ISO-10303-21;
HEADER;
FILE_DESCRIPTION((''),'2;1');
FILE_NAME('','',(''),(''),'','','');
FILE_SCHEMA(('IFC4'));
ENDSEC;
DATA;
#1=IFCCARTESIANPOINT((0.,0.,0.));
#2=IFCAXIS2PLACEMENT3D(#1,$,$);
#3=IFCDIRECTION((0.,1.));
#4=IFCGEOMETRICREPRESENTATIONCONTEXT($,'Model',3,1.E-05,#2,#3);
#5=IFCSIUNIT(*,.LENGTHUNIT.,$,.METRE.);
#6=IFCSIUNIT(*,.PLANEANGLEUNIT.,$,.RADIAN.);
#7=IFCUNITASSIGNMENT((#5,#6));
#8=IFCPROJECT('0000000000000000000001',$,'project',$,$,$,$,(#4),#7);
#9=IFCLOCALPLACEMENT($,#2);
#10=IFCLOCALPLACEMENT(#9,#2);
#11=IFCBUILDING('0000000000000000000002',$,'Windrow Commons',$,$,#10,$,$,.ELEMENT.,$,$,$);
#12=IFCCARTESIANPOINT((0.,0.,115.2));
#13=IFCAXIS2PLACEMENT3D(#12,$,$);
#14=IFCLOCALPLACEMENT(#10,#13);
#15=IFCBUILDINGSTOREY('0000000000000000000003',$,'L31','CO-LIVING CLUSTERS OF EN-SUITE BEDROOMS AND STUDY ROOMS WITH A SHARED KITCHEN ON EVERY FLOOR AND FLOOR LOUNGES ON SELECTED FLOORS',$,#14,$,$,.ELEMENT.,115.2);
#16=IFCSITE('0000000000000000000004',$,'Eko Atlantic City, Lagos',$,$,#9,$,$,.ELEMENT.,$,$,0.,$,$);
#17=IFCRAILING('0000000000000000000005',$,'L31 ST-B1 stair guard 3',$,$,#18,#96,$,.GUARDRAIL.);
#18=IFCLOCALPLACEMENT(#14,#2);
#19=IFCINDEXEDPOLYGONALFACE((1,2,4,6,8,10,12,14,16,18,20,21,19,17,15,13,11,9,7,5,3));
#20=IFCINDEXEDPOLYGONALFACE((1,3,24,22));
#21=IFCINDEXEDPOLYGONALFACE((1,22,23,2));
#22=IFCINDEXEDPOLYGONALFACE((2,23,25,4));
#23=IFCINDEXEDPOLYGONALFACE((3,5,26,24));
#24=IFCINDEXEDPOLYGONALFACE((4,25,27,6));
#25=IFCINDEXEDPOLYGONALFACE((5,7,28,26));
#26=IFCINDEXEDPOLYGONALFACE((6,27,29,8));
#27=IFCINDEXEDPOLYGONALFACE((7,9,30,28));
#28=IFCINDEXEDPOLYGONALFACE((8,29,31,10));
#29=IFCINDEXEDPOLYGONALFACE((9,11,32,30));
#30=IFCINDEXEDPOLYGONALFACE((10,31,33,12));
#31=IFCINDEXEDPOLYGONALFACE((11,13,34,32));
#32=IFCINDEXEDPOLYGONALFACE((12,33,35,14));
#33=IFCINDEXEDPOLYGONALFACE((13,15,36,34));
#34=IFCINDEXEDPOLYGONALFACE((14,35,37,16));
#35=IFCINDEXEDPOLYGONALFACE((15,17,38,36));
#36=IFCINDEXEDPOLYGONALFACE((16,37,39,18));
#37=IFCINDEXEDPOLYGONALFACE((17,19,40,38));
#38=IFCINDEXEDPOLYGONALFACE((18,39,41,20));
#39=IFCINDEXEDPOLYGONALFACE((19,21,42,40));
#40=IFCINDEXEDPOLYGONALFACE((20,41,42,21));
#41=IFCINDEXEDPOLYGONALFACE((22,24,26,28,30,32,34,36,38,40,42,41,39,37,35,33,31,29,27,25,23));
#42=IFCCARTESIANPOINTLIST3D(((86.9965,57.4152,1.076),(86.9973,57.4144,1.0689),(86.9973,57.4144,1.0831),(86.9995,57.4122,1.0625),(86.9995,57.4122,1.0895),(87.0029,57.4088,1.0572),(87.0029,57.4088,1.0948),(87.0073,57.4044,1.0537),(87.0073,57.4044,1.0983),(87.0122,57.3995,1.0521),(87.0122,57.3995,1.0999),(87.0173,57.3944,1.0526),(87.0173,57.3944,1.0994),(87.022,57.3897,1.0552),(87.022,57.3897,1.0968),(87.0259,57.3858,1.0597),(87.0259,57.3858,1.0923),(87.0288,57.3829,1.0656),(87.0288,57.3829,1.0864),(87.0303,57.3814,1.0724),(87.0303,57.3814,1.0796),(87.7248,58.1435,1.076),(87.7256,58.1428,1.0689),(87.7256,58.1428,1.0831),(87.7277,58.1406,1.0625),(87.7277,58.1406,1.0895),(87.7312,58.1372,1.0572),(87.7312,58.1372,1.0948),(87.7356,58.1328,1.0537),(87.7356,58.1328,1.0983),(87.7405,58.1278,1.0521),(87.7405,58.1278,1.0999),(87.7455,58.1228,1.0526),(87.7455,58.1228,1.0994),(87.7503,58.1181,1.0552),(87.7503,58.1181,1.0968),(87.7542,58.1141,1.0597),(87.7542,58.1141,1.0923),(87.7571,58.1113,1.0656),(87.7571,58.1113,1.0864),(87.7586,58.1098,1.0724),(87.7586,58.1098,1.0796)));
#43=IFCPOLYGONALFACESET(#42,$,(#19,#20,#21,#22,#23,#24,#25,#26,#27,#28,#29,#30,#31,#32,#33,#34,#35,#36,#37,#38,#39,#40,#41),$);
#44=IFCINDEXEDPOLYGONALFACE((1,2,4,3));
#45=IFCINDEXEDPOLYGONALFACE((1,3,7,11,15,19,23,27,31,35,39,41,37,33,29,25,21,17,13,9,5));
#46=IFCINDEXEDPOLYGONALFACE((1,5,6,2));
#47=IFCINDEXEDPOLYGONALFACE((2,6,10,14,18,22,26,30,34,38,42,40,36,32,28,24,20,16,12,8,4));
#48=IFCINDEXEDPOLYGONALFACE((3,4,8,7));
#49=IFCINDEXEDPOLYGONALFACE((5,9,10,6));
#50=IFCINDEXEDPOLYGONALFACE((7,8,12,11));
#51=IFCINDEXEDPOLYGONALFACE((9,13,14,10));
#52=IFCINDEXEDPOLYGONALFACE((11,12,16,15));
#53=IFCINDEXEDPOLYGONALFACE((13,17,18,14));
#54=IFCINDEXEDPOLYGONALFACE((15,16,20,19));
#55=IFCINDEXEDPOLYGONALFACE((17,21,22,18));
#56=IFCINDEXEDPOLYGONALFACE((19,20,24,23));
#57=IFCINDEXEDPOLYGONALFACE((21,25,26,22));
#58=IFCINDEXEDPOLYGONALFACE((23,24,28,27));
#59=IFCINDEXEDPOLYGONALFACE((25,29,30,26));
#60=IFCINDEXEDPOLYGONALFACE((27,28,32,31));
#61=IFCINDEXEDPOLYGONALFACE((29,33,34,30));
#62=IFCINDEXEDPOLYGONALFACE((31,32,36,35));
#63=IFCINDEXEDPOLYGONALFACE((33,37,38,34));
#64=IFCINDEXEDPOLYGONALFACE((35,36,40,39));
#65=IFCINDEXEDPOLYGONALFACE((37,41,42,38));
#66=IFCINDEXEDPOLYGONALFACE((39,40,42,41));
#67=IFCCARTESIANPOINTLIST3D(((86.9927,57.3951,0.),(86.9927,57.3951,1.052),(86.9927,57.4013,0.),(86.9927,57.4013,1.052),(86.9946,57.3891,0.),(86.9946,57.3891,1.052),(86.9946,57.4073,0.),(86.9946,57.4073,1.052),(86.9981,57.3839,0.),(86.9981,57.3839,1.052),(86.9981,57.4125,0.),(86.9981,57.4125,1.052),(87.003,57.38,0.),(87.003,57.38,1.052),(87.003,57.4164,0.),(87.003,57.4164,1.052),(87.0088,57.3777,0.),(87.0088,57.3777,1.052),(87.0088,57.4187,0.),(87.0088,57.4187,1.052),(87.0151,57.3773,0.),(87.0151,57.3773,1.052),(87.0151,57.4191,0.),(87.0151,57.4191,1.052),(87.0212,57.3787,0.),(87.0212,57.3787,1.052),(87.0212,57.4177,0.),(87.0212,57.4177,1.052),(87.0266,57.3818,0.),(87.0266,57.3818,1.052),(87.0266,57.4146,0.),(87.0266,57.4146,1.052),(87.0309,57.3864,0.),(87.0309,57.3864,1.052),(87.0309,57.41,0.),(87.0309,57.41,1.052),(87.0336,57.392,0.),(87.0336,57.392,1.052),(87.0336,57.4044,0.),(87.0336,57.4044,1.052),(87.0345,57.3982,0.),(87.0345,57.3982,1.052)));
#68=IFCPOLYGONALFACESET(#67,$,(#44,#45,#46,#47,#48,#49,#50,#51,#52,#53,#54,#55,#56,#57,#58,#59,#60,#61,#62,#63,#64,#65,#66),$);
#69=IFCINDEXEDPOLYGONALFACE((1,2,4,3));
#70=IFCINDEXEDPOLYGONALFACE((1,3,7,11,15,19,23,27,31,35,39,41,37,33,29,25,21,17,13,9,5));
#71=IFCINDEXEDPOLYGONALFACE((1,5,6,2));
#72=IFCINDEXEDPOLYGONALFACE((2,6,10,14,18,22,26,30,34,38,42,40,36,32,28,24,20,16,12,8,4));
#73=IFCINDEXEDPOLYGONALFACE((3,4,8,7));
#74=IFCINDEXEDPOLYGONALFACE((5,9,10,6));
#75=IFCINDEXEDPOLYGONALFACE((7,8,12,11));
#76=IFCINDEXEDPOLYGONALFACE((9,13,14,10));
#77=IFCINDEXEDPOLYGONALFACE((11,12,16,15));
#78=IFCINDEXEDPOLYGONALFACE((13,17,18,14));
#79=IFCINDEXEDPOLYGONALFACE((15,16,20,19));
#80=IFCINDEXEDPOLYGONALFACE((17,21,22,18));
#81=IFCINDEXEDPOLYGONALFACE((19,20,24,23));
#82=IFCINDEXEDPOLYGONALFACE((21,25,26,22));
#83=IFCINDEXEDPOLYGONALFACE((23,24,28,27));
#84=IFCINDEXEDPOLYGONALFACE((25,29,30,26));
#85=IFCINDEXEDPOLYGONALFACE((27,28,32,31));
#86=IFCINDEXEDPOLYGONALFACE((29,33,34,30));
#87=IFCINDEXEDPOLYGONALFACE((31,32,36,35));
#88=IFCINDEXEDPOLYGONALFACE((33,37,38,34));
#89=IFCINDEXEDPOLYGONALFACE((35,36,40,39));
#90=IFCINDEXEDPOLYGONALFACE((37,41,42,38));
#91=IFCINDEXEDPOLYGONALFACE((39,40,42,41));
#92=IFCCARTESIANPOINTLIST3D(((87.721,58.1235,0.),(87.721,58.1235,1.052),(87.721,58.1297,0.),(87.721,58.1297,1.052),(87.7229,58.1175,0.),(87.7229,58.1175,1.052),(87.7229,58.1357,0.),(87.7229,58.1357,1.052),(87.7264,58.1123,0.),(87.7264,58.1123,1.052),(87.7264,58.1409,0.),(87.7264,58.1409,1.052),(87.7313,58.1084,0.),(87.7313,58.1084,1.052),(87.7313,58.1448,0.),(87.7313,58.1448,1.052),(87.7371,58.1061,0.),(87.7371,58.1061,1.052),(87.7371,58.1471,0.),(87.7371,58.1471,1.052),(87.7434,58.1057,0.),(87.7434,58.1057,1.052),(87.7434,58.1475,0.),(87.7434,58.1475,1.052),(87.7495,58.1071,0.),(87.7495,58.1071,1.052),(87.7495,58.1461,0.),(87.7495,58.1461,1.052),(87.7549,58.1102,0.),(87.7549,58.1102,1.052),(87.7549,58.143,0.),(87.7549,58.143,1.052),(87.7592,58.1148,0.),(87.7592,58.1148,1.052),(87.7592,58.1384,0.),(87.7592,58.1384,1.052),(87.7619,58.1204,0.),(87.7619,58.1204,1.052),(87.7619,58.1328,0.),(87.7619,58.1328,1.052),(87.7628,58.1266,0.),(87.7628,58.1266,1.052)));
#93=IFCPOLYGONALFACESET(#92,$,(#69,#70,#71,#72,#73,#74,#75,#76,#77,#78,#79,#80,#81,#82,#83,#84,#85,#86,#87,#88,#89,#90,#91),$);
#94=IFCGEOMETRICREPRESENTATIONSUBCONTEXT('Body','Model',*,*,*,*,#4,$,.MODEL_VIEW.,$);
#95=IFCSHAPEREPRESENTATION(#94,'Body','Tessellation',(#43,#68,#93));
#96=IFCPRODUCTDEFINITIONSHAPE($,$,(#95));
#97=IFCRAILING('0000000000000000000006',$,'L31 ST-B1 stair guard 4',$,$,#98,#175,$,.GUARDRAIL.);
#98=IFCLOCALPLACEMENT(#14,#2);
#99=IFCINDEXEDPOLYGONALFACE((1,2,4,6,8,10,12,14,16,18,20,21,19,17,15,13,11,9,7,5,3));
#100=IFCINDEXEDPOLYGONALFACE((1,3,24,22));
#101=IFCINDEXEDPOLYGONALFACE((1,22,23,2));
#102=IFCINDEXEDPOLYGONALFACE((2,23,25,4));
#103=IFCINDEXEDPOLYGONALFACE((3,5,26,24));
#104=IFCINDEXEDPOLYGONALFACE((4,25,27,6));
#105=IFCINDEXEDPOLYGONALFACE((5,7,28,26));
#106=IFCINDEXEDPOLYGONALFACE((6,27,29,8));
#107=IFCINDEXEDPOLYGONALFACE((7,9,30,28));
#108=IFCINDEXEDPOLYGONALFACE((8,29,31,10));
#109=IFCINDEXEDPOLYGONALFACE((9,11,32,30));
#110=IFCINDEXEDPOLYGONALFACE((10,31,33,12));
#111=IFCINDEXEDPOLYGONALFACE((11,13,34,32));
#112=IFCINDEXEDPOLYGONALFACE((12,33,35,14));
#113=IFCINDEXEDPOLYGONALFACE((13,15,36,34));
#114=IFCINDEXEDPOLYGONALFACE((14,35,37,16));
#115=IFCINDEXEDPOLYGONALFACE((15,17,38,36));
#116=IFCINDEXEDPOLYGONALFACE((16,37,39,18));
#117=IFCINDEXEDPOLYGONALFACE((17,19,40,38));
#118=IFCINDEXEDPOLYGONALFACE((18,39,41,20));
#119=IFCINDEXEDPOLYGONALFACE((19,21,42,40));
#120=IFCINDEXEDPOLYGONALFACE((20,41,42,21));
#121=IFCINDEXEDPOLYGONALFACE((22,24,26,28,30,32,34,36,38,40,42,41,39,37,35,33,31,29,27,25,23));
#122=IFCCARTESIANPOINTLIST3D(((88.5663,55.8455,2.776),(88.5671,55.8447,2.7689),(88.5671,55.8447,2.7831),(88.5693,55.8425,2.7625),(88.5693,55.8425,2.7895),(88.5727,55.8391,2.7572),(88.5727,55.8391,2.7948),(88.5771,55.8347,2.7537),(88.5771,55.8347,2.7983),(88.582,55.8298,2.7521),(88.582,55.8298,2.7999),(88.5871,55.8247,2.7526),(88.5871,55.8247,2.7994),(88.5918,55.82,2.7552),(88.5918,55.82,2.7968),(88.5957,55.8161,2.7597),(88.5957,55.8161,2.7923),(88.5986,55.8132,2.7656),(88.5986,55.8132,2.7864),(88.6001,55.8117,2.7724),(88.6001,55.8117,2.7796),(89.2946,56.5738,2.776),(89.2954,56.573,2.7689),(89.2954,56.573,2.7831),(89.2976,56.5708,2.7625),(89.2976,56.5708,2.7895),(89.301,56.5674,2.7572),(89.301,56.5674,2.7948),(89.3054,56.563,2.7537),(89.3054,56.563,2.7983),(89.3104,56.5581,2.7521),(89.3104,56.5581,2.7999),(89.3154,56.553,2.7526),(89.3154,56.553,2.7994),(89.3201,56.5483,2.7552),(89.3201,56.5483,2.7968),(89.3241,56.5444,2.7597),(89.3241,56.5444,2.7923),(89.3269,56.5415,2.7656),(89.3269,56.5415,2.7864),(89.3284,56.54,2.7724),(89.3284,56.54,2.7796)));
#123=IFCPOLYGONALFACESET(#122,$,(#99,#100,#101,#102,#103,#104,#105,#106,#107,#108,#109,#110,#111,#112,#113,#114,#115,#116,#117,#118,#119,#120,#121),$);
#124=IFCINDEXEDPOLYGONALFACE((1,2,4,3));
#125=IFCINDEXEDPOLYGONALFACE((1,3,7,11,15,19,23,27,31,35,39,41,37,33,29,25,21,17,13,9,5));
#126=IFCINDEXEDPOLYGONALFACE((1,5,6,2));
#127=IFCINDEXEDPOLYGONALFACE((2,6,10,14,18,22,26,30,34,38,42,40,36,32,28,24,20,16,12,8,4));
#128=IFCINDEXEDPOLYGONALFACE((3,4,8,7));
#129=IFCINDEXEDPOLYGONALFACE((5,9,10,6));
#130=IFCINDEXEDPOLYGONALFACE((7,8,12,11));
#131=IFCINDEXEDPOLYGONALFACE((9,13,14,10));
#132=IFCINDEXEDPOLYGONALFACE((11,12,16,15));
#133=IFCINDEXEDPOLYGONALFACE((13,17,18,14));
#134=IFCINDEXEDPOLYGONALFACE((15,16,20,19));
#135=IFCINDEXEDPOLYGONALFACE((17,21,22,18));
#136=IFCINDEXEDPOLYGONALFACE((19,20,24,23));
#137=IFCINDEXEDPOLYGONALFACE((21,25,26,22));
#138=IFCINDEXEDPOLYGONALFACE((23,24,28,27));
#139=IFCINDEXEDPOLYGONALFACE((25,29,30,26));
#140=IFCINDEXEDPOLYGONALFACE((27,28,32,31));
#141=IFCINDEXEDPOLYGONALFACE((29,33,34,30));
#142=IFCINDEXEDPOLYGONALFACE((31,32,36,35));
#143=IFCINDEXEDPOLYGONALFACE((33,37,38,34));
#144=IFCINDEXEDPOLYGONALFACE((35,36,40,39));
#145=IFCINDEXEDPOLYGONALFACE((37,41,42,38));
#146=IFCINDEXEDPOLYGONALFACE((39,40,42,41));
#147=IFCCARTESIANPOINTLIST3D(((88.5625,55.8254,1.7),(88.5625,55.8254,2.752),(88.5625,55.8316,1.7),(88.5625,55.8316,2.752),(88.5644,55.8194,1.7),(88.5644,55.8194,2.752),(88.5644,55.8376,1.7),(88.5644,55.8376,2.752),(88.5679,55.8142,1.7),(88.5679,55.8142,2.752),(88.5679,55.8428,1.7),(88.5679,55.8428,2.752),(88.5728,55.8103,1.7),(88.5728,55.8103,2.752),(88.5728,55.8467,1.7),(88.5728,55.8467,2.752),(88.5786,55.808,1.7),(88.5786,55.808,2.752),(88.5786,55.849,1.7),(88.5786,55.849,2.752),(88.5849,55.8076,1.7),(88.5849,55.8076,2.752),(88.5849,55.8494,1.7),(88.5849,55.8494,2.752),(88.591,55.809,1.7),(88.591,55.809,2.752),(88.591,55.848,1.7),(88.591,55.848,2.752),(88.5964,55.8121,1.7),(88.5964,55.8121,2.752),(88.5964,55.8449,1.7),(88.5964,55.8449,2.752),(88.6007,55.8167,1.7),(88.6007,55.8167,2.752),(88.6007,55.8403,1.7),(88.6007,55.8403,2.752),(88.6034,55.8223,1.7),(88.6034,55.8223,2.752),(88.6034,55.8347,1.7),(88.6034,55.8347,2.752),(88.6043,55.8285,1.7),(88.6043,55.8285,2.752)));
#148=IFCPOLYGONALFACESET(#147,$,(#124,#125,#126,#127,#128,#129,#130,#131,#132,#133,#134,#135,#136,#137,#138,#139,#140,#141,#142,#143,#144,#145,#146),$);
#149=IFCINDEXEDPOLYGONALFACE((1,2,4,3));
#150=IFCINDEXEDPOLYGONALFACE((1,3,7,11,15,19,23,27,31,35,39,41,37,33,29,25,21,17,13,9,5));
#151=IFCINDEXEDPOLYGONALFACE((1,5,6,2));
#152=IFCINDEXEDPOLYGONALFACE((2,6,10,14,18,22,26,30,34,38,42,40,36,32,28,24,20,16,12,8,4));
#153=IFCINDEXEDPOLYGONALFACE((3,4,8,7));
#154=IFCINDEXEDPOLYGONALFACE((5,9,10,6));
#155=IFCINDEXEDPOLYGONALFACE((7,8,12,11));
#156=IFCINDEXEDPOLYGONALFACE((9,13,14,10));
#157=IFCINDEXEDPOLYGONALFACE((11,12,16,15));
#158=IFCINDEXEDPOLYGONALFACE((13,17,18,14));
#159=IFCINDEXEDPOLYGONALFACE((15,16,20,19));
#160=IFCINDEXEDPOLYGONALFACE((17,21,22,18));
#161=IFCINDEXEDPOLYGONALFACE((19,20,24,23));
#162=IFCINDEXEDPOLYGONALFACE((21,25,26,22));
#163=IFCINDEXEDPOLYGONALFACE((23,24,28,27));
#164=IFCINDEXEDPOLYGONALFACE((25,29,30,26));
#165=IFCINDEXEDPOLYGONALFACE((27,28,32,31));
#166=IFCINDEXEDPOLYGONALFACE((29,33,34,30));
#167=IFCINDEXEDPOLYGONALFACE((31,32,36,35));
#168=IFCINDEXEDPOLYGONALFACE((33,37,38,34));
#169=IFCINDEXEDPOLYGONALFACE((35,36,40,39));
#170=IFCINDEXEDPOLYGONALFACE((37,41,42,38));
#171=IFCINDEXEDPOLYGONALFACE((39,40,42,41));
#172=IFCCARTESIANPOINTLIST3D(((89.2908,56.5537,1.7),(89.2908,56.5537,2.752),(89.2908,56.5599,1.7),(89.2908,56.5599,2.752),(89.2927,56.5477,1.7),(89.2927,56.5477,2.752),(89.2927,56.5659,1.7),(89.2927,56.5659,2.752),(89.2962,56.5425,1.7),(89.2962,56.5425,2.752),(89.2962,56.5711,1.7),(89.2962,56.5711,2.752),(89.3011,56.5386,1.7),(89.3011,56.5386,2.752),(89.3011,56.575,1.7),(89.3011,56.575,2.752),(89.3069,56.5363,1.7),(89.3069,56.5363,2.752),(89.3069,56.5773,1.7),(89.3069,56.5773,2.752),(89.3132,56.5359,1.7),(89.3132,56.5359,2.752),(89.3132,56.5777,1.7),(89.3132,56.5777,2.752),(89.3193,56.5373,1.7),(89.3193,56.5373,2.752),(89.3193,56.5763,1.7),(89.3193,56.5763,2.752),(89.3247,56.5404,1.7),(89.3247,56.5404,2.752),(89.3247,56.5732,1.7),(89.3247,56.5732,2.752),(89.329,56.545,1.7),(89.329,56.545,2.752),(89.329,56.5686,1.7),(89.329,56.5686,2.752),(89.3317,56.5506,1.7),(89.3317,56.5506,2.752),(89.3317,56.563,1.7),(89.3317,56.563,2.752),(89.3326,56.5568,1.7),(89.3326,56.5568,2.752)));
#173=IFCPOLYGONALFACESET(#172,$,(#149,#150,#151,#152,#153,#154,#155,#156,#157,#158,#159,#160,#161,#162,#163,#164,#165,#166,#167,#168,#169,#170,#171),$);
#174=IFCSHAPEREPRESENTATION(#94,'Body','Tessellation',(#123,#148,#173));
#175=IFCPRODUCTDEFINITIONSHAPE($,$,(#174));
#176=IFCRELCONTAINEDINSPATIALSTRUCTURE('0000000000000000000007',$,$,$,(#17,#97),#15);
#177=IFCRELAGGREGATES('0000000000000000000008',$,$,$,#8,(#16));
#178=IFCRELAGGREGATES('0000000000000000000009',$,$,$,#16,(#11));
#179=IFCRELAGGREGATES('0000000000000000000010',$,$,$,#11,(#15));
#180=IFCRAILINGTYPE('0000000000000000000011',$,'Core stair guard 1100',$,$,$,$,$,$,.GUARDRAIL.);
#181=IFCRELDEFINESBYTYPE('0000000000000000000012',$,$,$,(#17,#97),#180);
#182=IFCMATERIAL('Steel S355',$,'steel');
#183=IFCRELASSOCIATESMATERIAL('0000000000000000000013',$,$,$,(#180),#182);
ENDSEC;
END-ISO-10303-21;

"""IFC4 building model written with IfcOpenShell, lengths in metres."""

from ifc_helpers import new_model, si_unit, direction, frame, origin, origin_2d, place, context, subcontext, project, spatial, circle, extrude, material, type_object, element, save


model = new_model("IFC4")

# Units and contexts
model_context = context("Model", 3, precision=1e-05, world=origin(), true_north=direction((0.0, 1.0)))
body_context = subcontext(model_context, "Body", "Model", "MODEL_VIEW")
ifc_project = project(units=[si_unit("LENGTHUNIT", "METRE"), si_unit("PLANEANGLEUNIT", "RADIAN")], contexts=[model_context])

# Site, building, storey
site_placement = place(None, origin())
site = spatial("IfcSite", under=ifc_project, at=site_placement, Name="Eko Atlantic City, Lagos", CompositionType="ELEMENT", RefElevation=0.0)
building_placement = place(site_placement, origin())
building = spatial("IfcBuilding", under=site, at=building_placement, Name="Windrow Commons", CompositionType="ELEMENT")
storey_placement = place(building_placement, frame((0.0, 0.0, 115.2)))
storey = spatial("IfcBuildingStorey", under=building, at=storey_placement, Name="L31", Description="CO-LIVING CLUSTERS OF EN-SUITE BEDROOMS AND STUDY ROOMS WITH A SHARED KITCHEN ON EVERY FLOOR AND FLOOR LOUNGES ON SELECTED FLOORS", CompositionType="ELEMENT", Elevation=115.2)

# Railings
ifc_material_1 = material(Name="Steel S355", Category="steel")
railing_type_1 = type_object("IfcRailingType", Name="Core stair guard 1100", PredefinedType="GUARDRAIL", material=ifc_material_1)
railing_1_placement = place(storey_placement, frame((87.0135, 57.3982, 0.0)))
element("IfcRailing", 1, at=railing_1_placement, inside=storey, type_object=railing_type_1, Name="L31 ST-B1 stair guard 3", PredefinedType="GUARDRAIL", context=body_context, shape_type="SweptSolid", body=[
    extrude(circle(Radius=0.024, at=origin_2d()), frame((0.0, 0.0, 1.076), z_axis=(0.707058, 0.707155, 0.0), x_axis=(-0.707155, 0.707058, 0.0)), (0.0, 0.0, 1.0), 1.03),
    extrude(circle(Radius=0.021, at=origin_2d()), origin(), (0.0, 0.0, 1.0), 1.052),
    extrude(circle(Radius=0.021, at=origin_2d()), frame((0.7283, 0.7284, 0.0)), (0.0, 0.0, 1.0), 1.052),
])
railing_2_placement = place(storey_placement, frame((88.5833, 55.8285, 1.7)))
element("IfcRailing", 2, at=railing_2_placement, inside=storey, type_object=railing_type_1, Name="L31 ST-B1 stair guard 4", PredefinedType="GUARDRAIL", context=body_context, shape_type="SweptSolid", body=[
    extrude(circle(Radius=0.024, at=origin_2d()), frame((0.0, 0.0, 1.076), z_axis=(0.707107, 0.707107, 0.0), x_axis=(-0.707107, 0.707107, 0.0)), (0.0, 0.0, 1.0), 1.03),
    extrude(circle(Radius=0.021, at=origin_2d()), origin(), (0.0, 0.0, 1.0), 1.052),
    extrude(circle(Radius=0.021, at=origin_2d()), frame((0.7283, 0.7283, 0.0)), (0.0, 0.0, 1.0), 1.052),
])

save(model, "model.ifc")
